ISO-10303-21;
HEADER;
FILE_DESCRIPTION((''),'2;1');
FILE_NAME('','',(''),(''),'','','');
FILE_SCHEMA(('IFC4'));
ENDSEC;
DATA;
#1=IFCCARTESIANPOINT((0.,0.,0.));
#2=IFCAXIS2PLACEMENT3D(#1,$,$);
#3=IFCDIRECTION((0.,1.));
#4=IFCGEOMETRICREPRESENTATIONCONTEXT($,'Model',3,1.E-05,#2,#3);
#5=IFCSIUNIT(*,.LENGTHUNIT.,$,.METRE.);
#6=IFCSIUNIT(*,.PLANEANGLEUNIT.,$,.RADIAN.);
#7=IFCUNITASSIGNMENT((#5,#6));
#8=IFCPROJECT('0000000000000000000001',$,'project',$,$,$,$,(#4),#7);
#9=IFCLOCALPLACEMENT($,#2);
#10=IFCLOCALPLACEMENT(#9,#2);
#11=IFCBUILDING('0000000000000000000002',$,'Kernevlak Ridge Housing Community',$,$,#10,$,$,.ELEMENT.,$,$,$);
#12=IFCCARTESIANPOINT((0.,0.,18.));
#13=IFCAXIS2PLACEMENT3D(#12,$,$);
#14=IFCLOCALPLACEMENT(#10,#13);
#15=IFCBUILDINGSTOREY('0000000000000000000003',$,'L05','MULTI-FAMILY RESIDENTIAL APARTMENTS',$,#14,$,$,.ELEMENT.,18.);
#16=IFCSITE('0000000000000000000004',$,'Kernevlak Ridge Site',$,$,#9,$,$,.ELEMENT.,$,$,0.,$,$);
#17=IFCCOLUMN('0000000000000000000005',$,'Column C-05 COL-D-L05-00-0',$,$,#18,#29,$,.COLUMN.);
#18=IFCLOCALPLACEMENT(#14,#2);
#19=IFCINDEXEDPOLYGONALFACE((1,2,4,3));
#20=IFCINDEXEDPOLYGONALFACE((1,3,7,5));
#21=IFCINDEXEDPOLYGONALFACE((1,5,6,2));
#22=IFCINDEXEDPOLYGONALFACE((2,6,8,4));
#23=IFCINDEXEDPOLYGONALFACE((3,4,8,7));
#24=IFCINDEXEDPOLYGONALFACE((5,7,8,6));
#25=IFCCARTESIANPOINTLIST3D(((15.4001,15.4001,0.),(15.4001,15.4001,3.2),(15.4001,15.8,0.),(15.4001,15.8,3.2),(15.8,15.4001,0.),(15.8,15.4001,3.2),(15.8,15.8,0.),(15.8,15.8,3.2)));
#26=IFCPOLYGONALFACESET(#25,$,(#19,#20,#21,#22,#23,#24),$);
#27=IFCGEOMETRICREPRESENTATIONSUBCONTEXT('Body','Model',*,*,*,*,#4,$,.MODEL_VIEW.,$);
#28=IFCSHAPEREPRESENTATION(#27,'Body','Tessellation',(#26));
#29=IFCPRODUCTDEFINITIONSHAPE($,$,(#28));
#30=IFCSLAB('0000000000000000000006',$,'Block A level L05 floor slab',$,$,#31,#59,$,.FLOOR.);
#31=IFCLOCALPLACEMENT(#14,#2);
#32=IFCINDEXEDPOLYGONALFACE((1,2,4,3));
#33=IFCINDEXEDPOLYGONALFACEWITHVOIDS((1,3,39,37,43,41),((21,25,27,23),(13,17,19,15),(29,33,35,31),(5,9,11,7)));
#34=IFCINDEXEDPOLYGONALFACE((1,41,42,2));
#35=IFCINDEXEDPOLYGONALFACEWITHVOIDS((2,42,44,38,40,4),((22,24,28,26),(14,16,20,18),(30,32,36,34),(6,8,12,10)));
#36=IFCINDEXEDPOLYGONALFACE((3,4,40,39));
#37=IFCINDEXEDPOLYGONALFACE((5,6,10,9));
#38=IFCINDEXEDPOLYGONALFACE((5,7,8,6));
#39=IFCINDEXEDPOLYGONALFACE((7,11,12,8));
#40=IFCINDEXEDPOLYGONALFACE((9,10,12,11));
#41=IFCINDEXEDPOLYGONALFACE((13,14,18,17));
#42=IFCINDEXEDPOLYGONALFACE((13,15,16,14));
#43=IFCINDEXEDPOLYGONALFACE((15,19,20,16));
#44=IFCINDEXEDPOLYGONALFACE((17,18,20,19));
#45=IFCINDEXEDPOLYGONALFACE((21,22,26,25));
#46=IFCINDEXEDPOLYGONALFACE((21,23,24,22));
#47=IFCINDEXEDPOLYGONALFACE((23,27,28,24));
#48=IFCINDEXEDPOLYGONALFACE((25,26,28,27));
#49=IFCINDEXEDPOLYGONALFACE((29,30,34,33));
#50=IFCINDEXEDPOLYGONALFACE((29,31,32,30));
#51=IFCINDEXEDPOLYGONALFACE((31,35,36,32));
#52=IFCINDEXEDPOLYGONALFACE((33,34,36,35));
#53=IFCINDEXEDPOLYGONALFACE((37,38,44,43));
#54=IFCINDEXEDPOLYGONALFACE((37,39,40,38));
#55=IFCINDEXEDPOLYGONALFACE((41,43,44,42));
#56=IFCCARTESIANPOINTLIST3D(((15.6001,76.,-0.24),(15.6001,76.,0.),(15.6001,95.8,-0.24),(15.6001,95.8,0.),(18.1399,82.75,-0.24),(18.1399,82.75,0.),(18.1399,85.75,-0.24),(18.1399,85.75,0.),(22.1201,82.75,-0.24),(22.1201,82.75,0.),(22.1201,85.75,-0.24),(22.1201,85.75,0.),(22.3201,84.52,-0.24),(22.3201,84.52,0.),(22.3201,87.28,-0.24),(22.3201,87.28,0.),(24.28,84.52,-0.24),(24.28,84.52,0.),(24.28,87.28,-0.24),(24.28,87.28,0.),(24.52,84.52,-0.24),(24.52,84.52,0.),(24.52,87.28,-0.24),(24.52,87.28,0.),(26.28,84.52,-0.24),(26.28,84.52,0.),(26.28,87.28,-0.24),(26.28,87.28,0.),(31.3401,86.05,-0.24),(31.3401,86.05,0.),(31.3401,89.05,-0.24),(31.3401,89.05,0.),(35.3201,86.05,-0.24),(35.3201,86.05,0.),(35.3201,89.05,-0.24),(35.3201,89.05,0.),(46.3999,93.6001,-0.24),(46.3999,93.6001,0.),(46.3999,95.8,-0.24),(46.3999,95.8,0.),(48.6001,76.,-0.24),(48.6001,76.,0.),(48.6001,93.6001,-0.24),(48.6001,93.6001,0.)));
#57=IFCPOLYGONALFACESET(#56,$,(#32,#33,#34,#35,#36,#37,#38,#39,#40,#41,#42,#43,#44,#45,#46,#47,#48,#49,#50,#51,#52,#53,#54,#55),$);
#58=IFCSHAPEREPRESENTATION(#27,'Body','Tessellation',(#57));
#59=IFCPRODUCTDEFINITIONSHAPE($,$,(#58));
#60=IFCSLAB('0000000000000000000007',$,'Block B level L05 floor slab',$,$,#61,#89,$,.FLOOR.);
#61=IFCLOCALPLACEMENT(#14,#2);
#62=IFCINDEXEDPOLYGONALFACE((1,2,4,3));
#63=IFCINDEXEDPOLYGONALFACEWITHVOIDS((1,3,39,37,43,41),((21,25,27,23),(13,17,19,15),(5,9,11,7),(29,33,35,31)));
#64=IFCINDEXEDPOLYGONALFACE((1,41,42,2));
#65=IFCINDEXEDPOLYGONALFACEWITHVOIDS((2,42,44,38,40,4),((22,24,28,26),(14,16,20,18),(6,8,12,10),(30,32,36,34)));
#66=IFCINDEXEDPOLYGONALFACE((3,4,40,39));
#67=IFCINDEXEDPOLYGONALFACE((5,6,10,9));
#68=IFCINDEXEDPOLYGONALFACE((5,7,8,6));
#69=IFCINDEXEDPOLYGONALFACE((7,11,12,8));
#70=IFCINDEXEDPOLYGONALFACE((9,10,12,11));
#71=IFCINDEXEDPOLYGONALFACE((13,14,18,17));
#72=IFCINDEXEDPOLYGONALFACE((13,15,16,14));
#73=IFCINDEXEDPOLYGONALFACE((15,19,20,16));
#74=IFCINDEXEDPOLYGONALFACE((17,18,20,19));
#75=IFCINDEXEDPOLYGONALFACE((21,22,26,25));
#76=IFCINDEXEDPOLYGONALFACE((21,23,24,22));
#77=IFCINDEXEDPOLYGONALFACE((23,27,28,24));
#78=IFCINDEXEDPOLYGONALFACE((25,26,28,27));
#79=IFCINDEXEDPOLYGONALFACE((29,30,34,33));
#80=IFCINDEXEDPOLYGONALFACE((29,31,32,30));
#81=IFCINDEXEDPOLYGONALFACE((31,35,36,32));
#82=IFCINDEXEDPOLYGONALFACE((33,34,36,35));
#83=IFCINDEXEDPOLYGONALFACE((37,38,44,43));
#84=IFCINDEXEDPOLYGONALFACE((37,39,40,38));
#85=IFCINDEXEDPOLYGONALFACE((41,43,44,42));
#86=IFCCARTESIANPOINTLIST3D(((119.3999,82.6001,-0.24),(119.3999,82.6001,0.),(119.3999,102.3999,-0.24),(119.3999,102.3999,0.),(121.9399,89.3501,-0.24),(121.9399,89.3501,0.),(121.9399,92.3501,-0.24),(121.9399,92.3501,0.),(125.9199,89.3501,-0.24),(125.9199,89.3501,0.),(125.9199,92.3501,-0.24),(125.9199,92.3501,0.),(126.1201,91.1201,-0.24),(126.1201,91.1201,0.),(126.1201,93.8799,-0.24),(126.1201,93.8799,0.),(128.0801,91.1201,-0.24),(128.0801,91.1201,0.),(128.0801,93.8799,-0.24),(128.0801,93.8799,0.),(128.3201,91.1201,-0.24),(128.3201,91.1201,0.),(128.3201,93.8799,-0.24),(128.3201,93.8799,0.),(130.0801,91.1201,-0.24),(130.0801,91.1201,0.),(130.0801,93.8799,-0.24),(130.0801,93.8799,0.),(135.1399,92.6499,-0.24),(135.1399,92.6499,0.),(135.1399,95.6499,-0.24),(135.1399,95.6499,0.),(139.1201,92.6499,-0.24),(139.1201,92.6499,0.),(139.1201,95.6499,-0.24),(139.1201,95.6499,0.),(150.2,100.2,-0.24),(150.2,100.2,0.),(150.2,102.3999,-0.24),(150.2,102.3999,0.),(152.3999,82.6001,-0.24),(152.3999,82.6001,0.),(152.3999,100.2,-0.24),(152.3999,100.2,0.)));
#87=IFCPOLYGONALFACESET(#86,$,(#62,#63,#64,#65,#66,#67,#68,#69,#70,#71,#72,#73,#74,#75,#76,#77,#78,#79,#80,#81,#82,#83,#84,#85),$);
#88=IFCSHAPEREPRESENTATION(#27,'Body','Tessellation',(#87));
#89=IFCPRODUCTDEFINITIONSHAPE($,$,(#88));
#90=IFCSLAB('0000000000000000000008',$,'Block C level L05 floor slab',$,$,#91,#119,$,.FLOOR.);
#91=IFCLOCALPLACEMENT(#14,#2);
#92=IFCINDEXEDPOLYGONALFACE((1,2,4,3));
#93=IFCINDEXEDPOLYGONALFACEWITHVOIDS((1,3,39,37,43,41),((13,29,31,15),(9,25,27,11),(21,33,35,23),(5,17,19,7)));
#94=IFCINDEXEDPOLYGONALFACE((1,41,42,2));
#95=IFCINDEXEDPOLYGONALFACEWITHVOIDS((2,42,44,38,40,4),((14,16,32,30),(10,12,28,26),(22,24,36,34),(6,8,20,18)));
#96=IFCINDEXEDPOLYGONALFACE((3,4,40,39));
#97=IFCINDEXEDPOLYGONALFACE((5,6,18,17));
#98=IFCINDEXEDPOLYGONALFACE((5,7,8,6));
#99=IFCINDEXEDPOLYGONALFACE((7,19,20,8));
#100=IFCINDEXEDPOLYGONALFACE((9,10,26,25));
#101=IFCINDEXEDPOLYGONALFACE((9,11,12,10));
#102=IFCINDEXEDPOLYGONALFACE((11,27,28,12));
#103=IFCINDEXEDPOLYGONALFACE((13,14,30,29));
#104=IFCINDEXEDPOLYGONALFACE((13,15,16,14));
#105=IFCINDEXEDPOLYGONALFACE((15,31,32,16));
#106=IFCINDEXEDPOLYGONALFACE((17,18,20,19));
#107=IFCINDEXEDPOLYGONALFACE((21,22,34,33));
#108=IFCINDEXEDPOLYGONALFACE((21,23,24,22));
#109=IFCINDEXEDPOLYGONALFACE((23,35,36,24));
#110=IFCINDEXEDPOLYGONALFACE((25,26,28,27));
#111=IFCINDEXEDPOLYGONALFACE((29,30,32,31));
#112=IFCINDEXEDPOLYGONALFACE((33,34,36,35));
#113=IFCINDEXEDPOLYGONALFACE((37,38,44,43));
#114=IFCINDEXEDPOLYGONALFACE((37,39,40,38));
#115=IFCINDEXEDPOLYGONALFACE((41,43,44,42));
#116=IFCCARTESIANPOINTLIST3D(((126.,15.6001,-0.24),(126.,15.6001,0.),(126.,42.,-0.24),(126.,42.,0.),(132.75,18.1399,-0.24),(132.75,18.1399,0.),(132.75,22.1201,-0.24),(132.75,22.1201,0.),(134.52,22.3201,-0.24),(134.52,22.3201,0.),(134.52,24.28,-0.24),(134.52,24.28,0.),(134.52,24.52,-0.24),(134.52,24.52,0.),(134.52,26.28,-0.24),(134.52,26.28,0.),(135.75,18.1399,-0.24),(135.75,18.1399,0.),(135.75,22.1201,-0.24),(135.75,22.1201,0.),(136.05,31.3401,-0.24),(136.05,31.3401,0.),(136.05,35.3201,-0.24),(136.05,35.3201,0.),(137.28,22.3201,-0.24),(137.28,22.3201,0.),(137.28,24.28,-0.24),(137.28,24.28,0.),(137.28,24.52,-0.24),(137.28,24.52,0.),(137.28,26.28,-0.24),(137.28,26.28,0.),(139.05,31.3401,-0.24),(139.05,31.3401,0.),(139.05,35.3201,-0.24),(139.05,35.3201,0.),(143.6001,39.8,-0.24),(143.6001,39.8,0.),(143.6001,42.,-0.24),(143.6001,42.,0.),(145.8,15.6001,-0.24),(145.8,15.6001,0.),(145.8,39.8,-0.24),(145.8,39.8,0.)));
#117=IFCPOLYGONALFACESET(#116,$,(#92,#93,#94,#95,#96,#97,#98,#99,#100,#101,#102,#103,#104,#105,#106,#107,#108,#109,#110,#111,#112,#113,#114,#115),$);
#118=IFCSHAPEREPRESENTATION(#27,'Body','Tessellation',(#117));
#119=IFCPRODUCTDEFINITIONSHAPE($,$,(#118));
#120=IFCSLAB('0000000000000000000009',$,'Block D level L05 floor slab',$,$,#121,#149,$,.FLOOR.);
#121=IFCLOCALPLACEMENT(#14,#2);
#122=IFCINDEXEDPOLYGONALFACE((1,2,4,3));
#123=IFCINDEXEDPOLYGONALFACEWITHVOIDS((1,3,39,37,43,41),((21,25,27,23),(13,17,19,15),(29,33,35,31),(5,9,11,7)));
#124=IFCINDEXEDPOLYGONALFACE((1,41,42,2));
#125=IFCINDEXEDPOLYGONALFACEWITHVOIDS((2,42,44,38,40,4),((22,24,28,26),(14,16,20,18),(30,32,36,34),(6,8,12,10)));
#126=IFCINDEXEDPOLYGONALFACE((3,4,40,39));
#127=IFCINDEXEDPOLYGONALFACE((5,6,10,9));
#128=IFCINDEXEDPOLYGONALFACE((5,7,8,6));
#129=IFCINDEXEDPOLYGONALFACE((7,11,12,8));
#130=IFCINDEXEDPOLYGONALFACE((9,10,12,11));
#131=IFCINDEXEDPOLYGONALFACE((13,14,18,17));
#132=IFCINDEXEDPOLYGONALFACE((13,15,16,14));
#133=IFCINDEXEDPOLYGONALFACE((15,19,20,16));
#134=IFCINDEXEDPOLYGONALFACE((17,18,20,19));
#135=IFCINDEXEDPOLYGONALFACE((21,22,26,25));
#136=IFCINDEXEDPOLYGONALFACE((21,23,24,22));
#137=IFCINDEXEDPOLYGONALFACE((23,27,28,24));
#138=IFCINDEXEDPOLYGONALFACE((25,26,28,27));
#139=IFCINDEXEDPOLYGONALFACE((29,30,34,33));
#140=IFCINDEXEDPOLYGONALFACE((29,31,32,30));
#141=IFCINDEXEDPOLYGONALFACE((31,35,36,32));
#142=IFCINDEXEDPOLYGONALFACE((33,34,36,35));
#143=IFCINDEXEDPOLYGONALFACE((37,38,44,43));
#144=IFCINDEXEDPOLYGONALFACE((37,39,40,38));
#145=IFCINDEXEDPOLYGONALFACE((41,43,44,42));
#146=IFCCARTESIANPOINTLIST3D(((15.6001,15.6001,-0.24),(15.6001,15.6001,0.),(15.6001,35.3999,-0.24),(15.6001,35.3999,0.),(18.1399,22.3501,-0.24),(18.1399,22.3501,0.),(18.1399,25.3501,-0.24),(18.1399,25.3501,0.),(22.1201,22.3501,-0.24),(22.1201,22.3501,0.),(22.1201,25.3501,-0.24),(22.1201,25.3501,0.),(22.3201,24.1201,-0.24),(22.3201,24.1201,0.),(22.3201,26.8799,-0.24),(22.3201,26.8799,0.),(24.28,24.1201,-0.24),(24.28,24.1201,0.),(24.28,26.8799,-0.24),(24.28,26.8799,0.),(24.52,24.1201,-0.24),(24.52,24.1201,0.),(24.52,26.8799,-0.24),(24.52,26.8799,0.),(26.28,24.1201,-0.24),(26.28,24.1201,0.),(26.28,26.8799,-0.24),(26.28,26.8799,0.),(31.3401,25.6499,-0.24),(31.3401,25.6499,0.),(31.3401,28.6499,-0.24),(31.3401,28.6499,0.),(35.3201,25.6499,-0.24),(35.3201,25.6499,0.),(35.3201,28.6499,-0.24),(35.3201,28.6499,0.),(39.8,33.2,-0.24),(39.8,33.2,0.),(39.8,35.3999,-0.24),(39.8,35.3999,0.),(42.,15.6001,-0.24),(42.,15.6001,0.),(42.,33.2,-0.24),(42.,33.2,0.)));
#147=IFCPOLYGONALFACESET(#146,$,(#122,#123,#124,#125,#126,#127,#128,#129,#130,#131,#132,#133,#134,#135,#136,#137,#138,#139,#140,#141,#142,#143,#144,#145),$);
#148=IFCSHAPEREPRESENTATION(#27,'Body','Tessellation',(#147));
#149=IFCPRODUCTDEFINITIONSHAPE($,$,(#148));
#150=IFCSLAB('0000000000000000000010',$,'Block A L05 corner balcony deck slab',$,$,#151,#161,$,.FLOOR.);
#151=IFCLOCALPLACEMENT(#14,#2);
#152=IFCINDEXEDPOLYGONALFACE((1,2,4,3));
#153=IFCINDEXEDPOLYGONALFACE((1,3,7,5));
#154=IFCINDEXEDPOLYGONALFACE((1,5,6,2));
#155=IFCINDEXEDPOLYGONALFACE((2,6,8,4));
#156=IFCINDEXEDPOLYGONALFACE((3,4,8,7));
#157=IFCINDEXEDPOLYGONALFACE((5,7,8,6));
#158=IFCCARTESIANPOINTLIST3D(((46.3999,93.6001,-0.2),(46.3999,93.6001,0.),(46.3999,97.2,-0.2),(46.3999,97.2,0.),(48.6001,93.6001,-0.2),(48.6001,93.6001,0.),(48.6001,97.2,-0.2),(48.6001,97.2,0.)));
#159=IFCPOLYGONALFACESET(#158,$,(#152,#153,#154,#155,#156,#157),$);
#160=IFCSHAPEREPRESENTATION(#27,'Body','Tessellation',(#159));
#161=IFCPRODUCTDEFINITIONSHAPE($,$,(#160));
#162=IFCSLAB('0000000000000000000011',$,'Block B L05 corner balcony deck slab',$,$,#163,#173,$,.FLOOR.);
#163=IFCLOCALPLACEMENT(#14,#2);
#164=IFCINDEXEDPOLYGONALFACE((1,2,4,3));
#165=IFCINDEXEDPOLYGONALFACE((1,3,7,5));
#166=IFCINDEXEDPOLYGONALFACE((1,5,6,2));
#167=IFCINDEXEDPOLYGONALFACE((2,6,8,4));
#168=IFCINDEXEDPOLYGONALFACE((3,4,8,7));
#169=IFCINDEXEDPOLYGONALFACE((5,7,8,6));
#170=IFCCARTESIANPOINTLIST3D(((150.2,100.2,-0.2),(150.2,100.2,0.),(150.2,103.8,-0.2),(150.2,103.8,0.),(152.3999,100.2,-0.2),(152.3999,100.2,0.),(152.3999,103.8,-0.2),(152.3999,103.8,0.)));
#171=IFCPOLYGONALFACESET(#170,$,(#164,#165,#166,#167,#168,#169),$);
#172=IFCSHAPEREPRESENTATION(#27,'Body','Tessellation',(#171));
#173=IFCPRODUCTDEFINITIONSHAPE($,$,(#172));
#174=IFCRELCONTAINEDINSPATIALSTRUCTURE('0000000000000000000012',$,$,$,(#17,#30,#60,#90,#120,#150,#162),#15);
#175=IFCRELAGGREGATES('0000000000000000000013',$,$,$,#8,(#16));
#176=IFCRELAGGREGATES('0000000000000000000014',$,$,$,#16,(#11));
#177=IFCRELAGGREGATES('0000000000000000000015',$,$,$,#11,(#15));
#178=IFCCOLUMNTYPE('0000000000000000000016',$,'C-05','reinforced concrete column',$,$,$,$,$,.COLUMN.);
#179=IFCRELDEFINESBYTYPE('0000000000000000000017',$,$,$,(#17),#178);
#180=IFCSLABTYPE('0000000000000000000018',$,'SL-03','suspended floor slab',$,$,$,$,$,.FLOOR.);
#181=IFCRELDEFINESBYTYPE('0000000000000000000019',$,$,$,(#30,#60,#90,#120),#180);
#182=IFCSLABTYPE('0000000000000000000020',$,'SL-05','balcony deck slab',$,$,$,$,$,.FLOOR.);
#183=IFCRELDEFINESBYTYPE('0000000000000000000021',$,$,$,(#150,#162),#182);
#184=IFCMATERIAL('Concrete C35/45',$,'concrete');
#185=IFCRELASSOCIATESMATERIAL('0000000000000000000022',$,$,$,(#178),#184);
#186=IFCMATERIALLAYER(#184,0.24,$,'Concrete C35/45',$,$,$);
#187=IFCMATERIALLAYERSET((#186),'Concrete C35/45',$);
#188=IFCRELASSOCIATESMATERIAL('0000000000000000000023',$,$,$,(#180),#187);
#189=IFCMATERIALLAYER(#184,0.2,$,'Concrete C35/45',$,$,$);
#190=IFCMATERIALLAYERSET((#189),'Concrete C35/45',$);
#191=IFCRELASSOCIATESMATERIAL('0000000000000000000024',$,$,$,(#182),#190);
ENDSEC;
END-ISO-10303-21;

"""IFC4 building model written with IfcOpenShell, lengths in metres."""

from ifc_helpers import new_model, si_unit, direction, frame, origin, origin_2d, place, context, subcontext, project, spatial, polyline, rectangle, outline, extrude, material, layer, layer_set, material_profile, profile_set, type_object, element, save


model = new_model("IFC4")

# Units and contexts
model_context = context("Model", 3, precision=1e-05, world=origin(), true_north=direction((0.0, 1.0)))
body_context = subcontext(model_context, "Body", "Model", "MODEL_VIEW")
ifc_project = project(units=[si_unit("LENGTHUNIT", "METRE"), si_unit("PLANEANGLEUNIT", "RADIAN")], contexts=[model_context])

# Site, building, storey
site_placement = place(None, origin())
site = spatial("IfcSite", under=ifc_project, at=site_placement, Name="Kernevlak Ridge Site", CompositionType="ELEMENT", RefElevation=0.0)
building_placement = place(site_placement, origin())
building = spatial("IfcBuilding", under=site, at=building_placement, Name="Kernevlak Ridge Housing Community", CompositionType="ELEMENT")
storey_placement = place(building_placement, frame((0.0, 0.0, 18.0)))
storey = spatial("IfcBuildingStorey", under=building, at=storey_placement, Name="L05", Description="MULTI-FAMILY RESIDENTIAL APARTMENTS", CompositionType="ELEMENT", Elevation=18.0)

# Column
ifc_material_1 = material(Name="Concrete C35/45", Category="concrete")
ifc_material_profile = material_profile(ifc_material_1, rectangle(XDim=0.3999, YDim=0.3999, at=origin_2d()), Name="RC 400x400")
ifc_profile_set = profile_set([ifc_material_profile], Name="Concrete C35/45")
column_type = type_object("IfcColumnType", Name="C-05", Description="reinforced concrete column", PredefinedType="COLUMN", material=ifc_profile_set)
column_placement = place(storey_placement, frame((15.6001, 15.6001, 0.0), z_axis=(0.0, 0.0, 1.0), x_axis=(1.0, 0.0, 0.0)))
element("IfcColumn", 1, at=column_placement, inside=storey, type_object=column_type, Name="Column C-05 COL-D-L05-00-0", PredefinedType="COLUMN", context=body_context, shape_type="SweptSolid", body=[
    extrude(rectangle(XDim=0.3999, YDim=0.3999, at=origin_2d()), origin(), (0.0, 0.0, 1.0), 3.2),
])

# Slabs
ifc_layer_1 = layer(ifc_material_1, 0.24, Name="Concrete C35/45")
ifc_layer_set_1 = layer_set([ifc_layer_1], Name="Concrete C35/45")
slab_type_1 = type_object("IfcSlabType", Name="SL-03", Description="suspended floor slab", PredefinedType="FLOOR", material=ifc_layer_set_1)
slab_1_placement = place(storey_placement, frame((0.0, 0.0, -0.24)))
element("IfcSlab", 2, at=slab_1_placement, inside=storey, type_object=slab_type_1, Name="Block A level L05 floor slab", PredefinedType="FLOOR", context=body_context, shape_type="SweptSolid", body=[
    extrude(outline(polyline([(15.6001, 76.0), (48.6001, 76.0), (48.6001, 93.6001), (46.3999, 93.6001), (46.3999, 95.8), (15.6001, 95.8), (15.6001, 76.0)]), holes=[polyline([(18.1399, 85.75), (22.1201, 85.75), (22.1201, 82.75), (18.1399, 82.75), (18.1399, 85.75)]), polyline([(31.3401, 89.05), (35.3201, 89.05), (35.3201, 86.05), (31.3401, 86.05), (31.3401, 89.05)]), polyline([(22.3201, 87.28), (24.28, 87.28), (24.28, 84.52), (22.3201, 84.52), (22.3201, 87.28)]), polyline([(24.52, 87.28), (26.28, 87.28), (26.28, 84.52), (24.52, 84.52), (24.52, 87.28)])]), origin(), (0.0, 0.0, 1.0), 0.24),
])
slab_2_placement = place(storey_placement, frame((0.0, 0.0, -0.24)))
element("IfcSlab", 3, at=slab_2_placement, inside=storey, type_object=slab_type_1, Name="Block B level L05 floor slab", PredefinedType="FLOOR", context=body_context, shape_type="SweptSolid", body=[
    extrude(outline(polyline([(119.3999, 82.6001), (152.3999, 82.6001), (152.3999, 100.2), (150.2, 100.2), (150.2, 102.3999), (119.3999, 102.3999), (119.3999, 82.6001)]), holes=[polyline([(121.9399, 92.3501), (125.9199, 92.3501), (125.9199, 89.3501), (121.9399, 89.3501), (121.9399, 92.3501)]), polyline([(135.1399, 95.6499), (139.1201, 95.6499), (139.1201, 92.6499), (135.1399, 92.6499), (135.1399, 95.6499)]), polyline([(126.1201, 93.8799), (128.0801, 93.8799), (128.0801, 91.1201), (126.1201, 91.1201), (126.1201, 93.8799)]), polyline([(128.3201, 93.8799), (130.0801, 93.8799), (130.0801, 91.1201), (128.3201, 91.1201), (128.3201, 93.8799)])]), origin(), (0.0, 0.0, 1.0), 0.24),
])
slab_3_placement = place(storey_placement, frame((0.0, 0.0, -0.24)))
element("IfcSlab", 4, at=slab_3_placement, inside=storey, type_object=slab_type_1, Name="Block C level L05 floor slab", PredefinedType="FLOOR", context=body_context, shape_type="SweptSolid", body=[
    extrude(outline(polyline([(145.8, 15.6001), (145.8, 39.8), (143.6001, 39.8), (143.6001, 42.0), (126.0, 42.0), (126.0, 15.6001), (145.8, 15.6001)]), holes=[polyline([(132.75, 18.1399), (132.75, 22.1201), (135.75, 22.1201), (135.75, 18.1399), (132.75, 18.1399)]), polyline([(136.05, 31.3401), (136.05, 35.3201), (139.05, 35.3201), (139.05, 31.3401), (136.05, 31.3401)]), polyline([(134.52, 24.28), (137.28, 24.28), (137.28, 22.3201), (134.52, 22.3201), (134.52, 24.28)]), polyline([(134.52, 26.28), (137.28, 26.28), (137.28, 24.52), (134.52, 24.52), (134.52, 26.28)])]), origin(), (0.0, 0.0, 1.0), 0.24),
])
slab_4_placement = place(storey_placement, frame((0.0, 0.0, -0.24)))
element("IfcSlab", 5, at=slab_4_placement, inside=storey, type_object=slab_type_1, Name="Block D level L05 floor slab", PredefinedType="FLOOR", context=body_context, shape_type="SweptSolid", body=[
    extrude(outline(polyline([(15.6001, 15.6001), (42.0, 15.6001), (42.0, 33.2), (39.8, 33.2), (39.8, 35.3999), (15.6001, 35.3999), (15.6001, 15.6001)]), holes=[polyline([(18.1399, 25.3501), (22.1201, 25.3501), (22.1201, 22.3501), (18.1399, 22.3501), (18.1399, 25.3501)]), polyline([(31.3401, 28.6499), (35.3201, 28.6499), (35.3201, 25.6499), (31.3401, 25.6499), (31.3401, 28.6499)]), polyline([(22.3201, 26.8799), (24.28, 26.8799), (24.28, 24.1201), (22.3201, 24.1201), (22.3201, 26.8799)]), polyline([(24.52, 26.8799), (26.28, 26.8799), (26.28, 24.1201), (24.52, 24.1201), (24.52, 26.8799)])]), origin(), (0.0, 0.0, 1.0), 0.24),
])
ifc_layer_2 = layer(ifc_material_1, 0.2, Name="Concrete C35/45")
ifc_layer_set_2 = layer_set([ifc_layer_2], Name="Concrete C35/45")
slab_type_2 = type_object("IfcSlabType", Name="SL-05", Description="balcony deck slab", PredefinedType="FLOOR", material=ifc_layer_set_2)
slab_5_placement = place(storey_placement, frame((0.0, 0.0, -0.2)))
element("IfcSlab", 6, at=slab_5_placement, inside=storey, type_object=slab_type_2, Name="Block A L05 corner balcony deck slab", PredefinedType="FLOOR", context=body_context, shape_type="SweptSolid", body=[
    extrude(outline(polyline([(46.3999, 93.6001), (48.6001, 93.6001), (48.6001, 97.2), (46.3999, 97.2), (46.3999, 93.6001)])), origin(), (0.0, 0.0, 1.0), 0.2),
])
slab_6_placement = place(storey_placement, frame((0.0, 0.0, -0.2)))
element("IfcSlab", 7, at=slab_6_placement, inside=storey, type_object=slab_type_2, Name="Block B L05 corner balcony deck slab", PredefinedType="FLOOR", context=body_context, shape_type="SweptSolid", body=[
    extrude(outline(polyline([(150.2, 100.2), (152.3999, 100.2), (152.3999, 103.8), (150.2, 103.8), (150.2, 100.2)])), origin(), (0.0, 0.0, 1.0), 0.2),
])

save(model, "model.ifc")
